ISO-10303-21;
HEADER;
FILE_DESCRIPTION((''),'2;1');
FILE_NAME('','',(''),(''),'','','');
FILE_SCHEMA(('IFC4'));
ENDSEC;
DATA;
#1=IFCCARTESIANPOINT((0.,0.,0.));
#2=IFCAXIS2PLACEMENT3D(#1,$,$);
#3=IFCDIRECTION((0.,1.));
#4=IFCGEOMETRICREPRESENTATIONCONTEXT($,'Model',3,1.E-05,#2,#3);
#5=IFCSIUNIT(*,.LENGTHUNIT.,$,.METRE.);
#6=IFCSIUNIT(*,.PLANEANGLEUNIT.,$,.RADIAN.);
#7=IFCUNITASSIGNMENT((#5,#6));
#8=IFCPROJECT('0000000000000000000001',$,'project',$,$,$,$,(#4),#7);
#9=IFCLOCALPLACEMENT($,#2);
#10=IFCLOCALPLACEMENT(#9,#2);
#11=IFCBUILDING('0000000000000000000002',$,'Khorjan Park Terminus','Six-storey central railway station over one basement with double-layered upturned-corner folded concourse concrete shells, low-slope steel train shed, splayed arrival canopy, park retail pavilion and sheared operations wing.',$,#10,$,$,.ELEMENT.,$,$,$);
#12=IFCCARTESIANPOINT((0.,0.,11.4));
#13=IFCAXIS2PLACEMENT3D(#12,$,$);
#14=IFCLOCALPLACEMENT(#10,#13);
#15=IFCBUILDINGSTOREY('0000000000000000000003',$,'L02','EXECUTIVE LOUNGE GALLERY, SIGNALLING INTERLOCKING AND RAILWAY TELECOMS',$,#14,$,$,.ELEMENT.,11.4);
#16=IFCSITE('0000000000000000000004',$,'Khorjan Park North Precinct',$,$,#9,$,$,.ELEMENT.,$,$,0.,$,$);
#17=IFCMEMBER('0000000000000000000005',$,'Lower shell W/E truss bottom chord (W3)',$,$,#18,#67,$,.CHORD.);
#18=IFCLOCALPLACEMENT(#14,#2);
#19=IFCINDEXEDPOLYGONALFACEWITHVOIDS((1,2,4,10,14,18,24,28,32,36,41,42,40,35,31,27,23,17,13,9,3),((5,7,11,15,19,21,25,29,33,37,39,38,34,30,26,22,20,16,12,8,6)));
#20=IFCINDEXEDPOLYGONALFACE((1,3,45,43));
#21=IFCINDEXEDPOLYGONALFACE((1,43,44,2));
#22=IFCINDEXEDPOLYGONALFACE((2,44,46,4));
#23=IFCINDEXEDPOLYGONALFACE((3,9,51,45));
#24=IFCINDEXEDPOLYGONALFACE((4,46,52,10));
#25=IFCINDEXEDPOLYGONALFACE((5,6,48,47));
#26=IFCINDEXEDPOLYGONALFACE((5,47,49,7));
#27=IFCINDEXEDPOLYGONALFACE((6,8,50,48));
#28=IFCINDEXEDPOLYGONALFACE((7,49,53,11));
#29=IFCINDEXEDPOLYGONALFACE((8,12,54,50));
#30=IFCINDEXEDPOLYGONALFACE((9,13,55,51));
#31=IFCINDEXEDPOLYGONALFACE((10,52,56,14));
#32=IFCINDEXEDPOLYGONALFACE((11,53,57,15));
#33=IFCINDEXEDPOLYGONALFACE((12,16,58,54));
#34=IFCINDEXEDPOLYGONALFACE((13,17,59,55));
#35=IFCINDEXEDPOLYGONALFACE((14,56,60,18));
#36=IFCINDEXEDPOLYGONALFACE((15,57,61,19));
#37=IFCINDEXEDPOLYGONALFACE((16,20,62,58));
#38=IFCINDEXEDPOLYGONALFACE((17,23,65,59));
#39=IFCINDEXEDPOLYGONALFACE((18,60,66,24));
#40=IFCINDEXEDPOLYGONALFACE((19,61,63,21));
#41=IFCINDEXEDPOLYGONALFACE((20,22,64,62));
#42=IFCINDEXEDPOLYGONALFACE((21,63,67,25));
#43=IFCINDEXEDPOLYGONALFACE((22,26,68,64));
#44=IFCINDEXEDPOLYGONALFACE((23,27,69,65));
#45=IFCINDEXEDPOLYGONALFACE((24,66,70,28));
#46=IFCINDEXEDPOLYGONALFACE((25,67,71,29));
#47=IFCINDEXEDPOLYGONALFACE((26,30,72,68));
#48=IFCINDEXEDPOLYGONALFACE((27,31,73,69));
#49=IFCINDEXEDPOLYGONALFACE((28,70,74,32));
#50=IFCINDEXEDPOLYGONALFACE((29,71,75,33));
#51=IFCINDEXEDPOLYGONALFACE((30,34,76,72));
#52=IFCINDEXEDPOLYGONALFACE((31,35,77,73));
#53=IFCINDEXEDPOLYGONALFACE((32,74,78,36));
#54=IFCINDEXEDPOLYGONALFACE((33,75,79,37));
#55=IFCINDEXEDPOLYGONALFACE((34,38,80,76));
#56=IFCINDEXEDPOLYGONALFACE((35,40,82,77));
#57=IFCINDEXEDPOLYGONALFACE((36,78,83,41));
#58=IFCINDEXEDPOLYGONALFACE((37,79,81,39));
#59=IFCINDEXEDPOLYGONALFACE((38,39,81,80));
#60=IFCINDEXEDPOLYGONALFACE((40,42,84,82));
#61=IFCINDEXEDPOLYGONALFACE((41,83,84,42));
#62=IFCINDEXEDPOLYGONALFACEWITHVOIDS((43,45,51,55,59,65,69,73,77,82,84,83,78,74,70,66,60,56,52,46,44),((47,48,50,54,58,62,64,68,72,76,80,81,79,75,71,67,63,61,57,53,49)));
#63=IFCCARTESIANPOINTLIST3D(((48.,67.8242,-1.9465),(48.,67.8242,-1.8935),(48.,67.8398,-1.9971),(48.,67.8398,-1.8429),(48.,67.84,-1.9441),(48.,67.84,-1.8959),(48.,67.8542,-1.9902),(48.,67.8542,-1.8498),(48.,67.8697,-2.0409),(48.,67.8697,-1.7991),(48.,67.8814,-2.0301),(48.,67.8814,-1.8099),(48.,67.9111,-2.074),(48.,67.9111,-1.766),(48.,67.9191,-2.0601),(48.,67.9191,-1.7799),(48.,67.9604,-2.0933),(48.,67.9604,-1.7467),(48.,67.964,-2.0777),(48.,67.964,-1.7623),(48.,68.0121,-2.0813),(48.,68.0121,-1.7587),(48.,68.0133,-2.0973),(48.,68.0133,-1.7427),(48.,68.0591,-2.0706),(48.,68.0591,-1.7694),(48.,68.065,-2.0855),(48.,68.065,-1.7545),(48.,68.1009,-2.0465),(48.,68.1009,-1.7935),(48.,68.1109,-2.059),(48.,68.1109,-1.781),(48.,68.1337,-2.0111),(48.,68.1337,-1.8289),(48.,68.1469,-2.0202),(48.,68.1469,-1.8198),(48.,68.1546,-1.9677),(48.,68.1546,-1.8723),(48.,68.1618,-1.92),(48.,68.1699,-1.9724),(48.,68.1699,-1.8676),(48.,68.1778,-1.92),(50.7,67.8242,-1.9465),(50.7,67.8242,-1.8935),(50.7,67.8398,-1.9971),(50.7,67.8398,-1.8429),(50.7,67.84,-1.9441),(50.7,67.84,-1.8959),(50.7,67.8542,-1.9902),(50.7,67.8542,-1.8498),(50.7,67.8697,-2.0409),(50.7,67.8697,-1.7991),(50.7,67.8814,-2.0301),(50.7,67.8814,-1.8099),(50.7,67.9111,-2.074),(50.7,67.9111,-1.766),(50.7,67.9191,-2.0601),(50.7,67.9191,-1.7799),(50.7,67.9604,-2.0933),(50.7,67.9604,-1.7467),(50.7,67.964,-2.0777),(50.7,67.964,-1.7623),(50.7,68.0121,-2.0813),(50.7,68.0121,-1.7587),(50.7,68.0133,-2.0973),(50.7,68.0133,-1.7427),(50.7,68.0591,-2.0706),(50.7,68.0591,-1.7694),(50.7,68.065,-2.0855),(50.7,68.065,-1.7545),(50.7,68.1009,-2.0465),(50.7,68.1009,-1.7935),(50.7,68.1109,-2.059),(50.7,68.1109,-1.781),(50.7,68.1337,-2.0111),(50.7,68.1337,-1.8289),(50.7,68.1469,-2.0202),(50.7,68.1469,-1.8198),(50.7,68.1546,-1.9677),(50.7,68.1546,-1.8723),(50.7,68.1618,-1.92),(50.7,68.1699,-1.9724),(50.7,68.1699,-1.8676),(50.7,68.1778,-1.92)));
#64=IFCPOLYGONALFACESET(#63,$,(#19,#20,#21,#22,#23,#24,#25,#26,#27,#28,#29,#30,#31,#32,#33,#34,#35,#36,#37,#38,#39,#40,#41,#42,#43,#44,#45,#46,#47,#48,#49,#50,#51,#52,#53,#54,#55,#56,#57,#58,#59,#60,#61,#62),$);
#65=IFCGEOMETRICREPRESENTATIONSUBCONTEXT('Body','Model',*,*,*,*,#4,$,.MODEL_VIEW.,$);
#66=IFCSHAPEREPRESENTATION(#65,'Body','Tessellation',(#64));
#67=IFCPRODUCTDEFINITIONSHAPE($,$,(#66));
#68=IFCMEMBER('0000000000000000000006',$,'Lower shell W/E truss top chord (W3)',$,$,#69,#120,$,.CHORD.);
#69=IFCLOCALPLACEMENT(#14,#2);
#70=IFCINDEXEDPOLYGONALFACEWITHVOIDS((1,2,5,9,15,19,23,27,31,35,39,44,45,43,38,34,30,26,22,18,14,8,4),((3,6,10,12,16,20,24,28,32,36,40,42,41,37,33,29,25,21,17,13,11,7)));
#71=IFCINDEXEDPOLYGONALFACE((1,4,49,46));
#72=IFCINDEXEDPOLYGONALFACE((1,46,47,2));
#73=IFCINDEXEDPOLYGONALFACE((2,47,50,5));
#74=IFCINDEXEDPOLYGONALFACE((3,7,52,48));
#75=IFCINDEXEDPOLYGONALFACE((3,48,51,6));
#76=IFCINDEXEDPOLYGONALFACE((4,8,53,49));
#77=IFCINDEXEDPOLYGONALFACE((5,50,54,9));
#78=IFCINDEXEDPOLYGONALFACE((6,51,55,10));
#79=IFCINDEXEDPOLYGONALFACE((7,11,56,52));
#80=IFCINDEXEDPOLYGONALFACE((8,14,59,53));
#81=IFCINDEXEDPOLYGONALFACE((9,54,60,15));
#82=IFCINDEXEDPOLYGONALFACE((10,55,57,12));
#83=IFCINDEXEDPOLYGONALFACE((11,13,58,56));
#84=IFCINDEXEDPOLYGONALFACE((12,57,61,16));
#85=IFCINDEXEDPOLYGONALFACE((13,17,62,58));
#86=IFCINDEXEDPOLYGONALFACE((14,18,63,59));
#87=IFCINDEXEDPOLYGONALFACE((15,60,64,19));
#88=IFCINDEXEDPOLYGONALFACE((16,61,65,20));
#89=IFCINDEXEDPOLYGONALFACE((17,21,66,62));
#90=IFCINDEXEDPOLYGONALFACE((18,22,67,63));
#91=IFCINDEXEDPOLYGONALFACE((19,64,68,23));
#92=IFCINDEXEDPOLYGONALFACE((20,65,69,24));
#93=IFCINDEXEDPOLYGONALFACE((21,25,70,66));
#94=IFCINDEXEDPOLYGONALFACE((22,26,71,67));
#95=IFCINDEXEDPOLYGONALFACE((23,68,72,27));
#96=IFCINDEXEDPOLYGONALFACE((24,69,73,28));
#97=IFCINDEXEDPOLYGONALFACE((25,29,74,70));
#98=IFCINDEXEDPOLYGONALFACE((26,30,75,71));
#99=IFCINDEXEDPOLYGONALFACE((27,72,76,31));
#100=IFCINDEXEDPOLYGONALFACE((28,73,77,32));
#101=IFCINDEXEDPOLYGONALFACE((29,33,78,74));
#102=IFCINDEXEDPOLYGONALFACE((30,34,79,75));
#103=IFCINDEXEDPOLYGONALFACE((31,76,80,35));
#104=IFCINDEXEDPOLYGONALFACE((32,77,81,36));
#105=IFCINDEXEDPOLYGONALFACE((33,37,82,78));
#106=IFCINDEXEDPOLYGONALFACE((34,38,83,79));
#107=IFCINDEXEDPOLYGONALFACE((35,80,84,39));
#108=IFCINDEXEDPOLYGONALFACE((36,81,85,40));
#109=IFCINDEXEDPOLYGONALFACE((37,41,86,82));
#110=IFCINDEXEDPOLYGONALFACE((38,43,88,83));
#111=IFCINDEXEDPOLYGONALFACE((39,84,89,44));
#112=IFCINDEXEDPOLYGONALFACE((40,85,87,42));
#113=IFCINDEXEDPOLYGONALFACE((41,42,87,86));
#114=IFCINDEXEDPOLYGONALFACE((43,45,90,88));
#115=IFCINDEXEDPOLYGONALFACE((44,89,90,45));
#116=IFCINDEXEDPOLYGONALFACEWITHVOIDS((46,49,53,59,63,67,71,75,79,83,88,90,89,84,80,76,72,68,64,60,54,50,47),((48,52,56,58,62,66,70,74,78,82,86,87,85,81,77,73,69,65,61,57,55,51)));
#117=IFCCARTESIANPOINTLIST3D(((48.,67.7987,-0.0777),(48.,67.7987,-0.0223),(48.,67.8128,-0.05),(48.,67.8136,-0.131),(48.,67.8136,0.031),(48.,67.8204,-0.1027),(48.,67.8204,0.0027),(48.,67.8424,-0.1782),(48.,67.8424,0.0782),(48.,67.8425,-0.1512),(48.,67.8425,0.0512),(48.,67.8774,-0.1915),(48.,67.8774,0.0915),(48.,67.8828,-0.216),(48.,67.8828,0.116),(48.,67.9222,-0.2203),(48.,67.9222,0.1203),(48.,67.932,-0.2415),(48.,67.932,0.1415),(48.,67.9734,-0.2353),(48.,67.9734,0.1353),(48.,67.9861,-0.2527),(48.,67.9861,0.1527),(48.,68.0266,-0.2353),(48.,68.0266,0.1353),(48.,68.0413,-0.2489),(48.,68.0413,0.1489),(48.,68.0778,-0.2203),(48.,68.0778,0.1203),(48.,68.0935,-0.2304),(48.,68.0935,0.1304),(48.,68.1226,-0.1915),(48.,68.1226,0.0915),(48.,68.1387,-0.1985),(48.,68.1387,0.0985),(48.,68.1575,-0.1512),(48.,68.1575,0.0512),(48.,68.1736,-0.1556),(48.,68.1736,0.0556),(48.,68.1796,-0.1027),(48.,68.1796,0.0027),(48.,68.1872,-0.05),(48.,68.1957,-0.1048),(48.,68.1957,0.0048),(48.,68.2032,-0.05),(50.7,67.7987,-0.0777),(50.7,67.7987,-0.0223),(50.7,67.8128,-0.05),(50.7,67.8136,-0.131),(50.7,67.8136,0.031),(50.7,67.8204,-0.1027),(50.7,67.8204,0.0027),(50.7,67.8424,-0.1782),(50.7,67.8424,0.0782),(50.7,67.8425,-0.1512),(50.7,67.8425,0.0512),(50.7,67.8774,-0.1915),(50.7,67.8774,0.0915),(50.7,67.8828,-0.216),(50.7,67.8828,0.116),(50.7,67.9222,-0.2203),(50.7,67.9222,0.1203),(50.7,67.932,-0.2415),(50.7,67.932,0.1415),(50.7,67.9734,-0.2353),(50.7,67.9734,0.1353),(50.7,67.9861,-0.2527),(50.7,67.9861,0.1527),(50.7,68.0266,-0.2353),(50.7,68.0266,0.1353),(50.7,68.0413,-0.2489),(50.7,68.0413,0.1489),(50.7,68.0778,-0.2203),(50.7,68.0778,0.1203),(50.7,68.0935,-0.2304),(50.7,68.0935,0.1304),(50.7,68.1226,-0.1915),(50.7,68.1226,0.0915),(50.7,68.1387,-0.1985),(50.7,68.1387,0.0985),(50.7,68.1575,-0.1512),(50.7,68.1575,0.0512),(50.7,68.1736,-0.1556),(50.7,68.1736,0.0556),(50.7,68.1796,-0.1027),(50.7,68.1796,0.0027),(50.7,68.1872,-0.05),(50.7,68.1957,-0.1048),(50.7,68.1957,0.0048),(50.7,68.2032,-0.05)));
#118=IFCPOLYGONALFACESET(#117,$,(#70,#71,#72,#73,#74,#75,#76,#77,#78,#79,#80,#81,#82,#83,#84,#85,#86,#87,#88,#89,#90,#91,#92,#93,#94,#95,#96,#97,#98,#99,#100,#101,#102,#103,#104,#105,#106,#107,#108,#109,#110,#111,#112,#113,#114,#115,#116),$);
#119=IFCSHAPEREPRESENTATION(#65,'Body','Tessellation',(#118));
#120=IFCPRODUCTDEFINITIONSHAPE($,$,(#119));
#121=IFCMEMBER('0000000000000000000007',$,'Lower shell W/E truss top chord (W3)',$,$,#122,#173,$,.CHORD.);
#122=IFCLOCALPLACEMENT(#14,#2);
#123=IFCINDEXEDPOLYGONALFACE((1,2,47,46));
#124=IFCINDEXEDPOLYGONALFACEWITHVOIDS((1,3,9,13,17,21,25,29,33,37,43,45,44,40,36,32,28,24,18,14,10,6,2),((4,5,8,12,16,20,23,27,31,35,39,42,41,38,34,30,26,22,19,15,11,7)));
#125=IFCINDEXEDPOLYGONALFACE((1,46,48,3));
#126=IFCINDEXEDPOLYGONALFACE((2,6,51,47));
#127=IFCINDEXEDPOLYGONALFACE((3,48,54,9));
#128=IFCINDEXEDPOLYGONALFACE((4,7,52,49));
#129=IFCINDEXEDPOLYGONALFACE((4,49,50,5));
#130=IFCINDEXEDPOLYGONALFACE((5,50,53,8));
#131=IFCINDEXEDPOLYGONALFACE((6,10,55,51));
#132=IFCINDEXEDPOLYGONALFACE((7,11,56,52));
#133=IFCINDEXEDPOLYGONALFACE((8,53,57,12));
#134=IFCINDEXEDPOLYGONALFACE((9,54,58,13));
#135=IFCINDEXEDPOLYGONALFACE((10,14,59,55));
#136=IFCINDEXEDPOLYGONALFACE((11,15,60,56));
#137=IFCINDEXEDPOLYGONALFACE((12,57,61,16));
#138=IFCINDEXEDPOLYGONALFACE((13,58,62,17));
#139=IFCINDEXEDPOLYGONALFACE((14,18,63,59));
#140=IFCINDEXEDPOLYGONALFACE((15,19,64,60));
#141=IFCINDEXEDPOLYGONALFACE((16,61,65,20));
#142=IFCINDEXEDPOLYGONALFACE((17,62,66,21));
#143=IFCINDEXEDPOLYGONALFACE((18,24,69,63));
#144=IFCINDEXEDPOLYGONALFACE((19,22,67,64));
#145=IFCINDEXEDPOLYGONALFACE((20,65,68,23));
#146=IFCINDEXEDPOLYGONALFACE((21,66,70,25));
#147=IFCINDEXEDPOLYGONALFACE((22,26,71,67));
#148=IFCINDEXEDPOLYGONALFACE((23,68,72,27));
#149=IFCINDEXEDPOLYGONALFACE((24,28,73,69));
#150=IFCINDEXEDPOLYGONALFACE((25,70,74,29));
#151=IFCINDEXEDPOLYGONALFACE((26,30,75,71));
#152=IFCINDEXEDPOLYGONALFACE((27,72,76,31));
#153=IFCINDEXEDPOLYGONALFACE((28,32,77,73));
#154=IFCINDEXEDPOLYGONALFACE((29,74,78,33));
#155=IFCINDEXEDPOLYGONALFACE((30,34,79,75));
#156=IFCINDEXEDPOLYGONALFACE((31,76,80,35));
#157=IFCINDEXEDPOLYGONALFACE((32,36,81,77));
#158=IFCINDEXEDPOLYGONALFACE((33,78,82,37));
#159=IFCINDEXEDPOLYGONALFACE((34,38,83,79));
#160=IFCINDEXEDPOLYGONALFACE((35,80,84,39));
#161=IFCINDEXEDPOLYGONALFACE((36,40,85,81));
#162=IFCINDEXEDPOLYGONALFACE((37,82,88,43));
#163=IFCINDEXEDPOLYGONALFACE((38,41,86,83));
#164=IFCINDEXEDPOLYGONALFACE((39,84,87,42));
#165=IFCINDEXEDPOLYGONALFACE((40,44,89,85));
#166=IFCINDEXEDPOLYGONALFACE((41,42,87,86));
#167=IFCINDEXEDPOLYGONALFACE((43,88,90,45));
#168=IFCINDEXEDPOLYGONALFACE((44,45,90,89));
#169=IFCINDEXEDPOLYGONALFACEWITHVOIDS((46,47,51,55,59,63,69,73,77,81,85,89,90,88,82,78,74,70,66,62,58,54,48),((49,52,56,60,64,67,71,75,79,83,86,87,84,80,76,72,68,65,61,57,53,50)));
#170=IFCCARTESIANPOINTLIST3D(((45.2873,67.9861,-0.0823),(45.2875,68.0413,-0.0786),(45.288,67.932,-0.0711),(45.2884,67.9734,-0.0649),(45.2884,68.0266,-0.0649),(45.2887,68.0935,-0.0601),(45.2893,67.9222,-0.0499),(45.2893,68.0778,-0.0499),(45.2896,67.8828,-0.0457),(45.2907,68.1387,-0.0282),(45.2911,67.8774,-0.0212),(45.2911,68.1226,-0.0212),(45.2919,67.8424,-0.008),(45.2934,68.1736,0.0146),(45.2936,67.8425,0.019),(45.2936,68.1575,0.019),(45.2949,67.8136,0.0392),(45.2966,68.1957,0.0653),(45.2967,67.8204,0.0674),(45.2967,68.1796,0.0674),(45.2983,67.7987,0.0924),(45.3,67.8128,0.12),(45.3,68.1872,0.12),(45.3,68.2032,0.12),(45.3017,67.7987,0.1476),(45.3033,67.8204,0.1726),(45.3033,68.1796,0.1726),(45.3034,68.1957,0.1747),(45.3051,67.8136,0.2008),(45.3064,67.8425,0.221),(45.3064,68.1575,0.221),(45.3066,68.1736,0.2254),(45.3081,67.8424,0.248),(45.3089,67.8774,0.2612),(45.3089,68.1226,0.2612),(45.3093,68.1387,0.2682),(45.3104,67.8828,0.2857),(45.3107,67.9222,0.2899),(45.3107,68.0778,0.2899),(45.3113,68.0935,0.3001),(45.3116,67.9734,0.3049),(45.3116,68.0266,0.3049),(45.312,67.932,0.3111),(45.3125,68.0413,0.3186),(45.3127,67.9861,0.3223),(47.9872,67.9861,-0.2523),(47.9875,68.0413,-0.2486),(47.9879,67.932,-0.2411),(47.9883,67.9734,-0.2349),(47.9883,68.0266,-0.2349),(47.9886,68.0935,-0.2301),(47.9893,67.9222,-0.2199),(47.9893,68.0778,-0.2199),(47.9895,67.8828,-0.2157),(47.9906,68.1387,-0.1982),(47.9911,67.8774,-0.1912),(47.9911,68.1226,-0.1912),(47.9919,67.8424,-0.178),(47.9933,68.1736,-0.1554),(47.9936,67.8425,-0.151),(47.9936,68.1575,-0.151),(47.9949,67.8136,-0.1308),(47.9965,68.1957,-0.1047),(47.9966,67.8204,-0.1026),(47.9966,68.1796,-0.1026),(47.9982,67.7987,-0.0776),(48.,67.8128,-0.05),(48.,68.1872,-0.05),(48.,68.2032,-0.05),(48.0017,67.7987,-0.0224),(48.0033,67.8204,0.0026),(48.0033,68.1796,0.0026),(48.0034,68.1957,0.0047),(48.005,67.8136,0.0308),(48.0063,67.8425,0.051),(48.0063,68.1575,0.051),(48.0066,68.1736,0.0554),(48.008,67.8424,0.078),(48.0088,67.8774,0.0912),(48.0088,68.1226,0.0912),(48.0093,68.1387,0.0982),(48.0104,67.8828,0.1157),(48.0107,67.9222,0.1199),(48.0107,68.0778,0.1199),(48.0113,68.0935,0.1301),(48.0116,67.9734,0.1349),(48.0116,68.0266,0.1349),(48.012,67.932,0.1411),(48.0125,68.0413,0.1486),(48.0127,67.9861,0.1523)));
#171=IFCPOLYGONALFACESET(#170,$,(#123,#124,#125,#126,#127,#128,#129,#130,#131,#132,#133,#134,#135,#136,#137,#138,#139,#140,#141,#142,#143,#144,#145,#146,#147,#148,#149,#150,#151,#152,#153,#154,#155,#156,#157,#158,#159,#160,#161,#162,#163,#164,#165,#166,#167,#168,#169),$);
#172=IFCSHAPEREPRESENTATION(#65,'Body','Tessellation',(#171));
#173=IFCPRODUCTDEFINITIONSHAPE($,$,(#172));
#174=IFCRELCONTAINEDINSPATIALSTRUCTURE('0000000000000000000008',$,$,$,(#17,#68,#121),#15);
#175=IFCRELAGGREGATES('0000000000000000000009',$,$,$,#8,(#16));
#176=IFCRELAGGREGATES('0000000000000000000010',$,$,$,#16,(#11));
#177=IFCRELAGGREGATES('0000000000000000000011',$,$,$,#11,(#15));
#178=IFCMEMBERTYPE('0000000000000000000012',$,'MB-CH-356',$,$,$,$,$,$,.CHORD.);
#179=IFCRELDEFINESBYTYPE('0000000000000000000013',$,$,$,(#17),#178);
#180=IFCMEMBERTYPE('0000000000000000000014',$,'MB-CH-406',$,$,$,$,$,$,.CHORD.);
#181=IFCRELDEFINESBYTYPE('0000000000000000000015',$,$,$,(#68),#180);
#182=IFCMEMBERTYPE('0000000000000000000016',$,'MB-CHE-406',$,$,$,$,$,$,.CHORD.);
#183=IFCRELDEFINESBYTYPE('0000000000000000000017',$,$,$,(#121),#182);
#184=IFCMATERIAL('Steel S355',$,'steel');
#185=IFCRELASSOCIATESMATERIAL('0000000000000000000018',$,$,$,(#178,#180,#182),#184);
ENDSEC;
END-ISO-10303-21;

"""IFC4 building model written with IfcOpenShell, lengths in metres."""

from ifc_helpers import new_model, si_unit, direction, frame, origin, origin_2d, place, context, subcontext, project, spatial, hollow_circle, extrude, material, material_profile, profile_set, type_object, element, save


model = new_model("IFC4")

# Units and contexts
model_context = context("Model", 3, precision=1e-05, world=origin(), true_north=direction((0.0, 1.0)))
body_context = subcontext(model_context, "Body", "Model", "MODEL_VIEW")
ifc_project = project(units=[si_unit("LENGTHUNIT", "METRE"), si_unit("PLANEANGLEUNIT", "RADIAN")], contexts=[model_context])

# Site, building, storey
site_placement = place(None, origin())
site = spatial("IfcSite", under=ifc_project, at=site_placement, Name="Khorjan Park North Precinct", CompositionType="ELEMENT", RefElevation=0.0)
building_placement = place(site_placement, origin())
building = spatial("IfcBuilding", under=site, at=building_placement, Name="Khorjan Park Terminus", Description="Six-storey central railway station over one basement with double-layered upturned-corner folded concourse concrete shells, low-slope steel train shed, splayed arrival canopy, park retail pavilion and sheared operations wing.", CompositionType="ELEMENT")
storey_placement = place(building_placement, frame((0.0, 0.0, 11.4)))
storey = spatial("IfcBuildingStorey", under=building, at=storey_placement, Name="L02", Description="EXECUTIVE LOUNGE GALLERY, SIGNALLING INTERLOCKING AND RAILWAY TELECOMS", CompositionType="ELEMENT", Elevation=11.4)

# Members
ifc_material_1 = material(Name="Steel S355", Category="steel")
ifc_material_profile_1 = material_profile(ifc_material_1, hollow_circle(Radius=0.1778, WallThickness=0.016, at=origin_2d()), Name="CHS 355.6x16")
ifc_profile_set_1 = profile_set([ifc_material_profile_1], Name="Steel S355")
member_type_1 = type_object("IfcMemberType", Name="MB-CH-356", PredefinedType="CHORD", material=ifc_profile_set_1)
member_1_placement = place(storey_placement, frame((48.0, 68.0, -1.92), z_axis=(1.0, 0.0, 0.0), x_axis=(0.0, 1.0, 0.0)))
element("IfcMember", 1, at=member_1_placement, inside=storey, type_object=member_type_1, Name="Lower shell W/E truss bottom chord (W3)", PredefinedType="CHORD", context=body_context, shape_type="SweptSolid", body=[
    extrude(hollow_circle(Radius=0.1778, WallThickness=0.016, at=origin_2d()), origin(), (0.0, 0.0, 1.0), 2.7),
])
ifc_material_profile_2 = material_profile(ifc_material_1, hollow_circle(Radius=0.2032, WallThickness=0.016, at=origin_2d()), Name="CHS 406.4x16")
ifc_profile_set_2 = profile_set([ifc_material_profile_2], Name="Steel S355")
member_type_2 = type_object("IfcMemberType", Name="MB-CH-406", PredefinedType="CHORD", material=ifc_profile_set_2)
member_2_placement = place(storey_placement, frame((48.0, 68.0, -0.05), z_axis=(1.0, 0.0, 0.0), x_axis=(0.0, 1.0, 0.0)))
element("IfcMember", 2, at=member_2_placement, inside=storey, type_object=member_type_2, Name="Lower shell W/E truss top chord (W3)", PredefinedType="CHORD", context=body_context, shape_type="SweptSolid", body=[
    extrude(hollow_circle(Radius=0.2032, WallThickness=0.016, at=origin_2d()), origin(), (0.0, 0.0, 1.0), 2.7),
])
ifc_material_profile_3 = material_profile(ifc_material_1, hollow_circle(Radius=0.2032, WallThickness=0.016, at=origin_2d()), Name="CHS 406.4x16")
ifc_profile_set_3 = profile_set([ifc_material_profile_3], Name="Steel S355")
member_type_3 = type_object("IfcMemberType", Name="MB-CHE-406", PredefinedType="CHORD", material=ifc_profile_set_3)
member_3_placement = place(storey_placement, frame((45.3, 68.0, 0.12), z_axis=(0.998024, 0.0, -0.062839), x_axis=(0.0, 1.0, 0.0)))
element("IfcMember", 3, at=member_3_placement, inside=storey, type_object=member_type_3, Name="Lower shell W/E truss top chord (W3)", PredefinedType="CHORD", context=body_context, shape_type="SweptSolid", body=[
    extrude(hollow_circle(Radius=0.2032, WallThickness=0.016, at=origin_2d()), origin(), (0.0, 0.0, 1.0), 2.7053),
])

save(model, "model.ifc")
